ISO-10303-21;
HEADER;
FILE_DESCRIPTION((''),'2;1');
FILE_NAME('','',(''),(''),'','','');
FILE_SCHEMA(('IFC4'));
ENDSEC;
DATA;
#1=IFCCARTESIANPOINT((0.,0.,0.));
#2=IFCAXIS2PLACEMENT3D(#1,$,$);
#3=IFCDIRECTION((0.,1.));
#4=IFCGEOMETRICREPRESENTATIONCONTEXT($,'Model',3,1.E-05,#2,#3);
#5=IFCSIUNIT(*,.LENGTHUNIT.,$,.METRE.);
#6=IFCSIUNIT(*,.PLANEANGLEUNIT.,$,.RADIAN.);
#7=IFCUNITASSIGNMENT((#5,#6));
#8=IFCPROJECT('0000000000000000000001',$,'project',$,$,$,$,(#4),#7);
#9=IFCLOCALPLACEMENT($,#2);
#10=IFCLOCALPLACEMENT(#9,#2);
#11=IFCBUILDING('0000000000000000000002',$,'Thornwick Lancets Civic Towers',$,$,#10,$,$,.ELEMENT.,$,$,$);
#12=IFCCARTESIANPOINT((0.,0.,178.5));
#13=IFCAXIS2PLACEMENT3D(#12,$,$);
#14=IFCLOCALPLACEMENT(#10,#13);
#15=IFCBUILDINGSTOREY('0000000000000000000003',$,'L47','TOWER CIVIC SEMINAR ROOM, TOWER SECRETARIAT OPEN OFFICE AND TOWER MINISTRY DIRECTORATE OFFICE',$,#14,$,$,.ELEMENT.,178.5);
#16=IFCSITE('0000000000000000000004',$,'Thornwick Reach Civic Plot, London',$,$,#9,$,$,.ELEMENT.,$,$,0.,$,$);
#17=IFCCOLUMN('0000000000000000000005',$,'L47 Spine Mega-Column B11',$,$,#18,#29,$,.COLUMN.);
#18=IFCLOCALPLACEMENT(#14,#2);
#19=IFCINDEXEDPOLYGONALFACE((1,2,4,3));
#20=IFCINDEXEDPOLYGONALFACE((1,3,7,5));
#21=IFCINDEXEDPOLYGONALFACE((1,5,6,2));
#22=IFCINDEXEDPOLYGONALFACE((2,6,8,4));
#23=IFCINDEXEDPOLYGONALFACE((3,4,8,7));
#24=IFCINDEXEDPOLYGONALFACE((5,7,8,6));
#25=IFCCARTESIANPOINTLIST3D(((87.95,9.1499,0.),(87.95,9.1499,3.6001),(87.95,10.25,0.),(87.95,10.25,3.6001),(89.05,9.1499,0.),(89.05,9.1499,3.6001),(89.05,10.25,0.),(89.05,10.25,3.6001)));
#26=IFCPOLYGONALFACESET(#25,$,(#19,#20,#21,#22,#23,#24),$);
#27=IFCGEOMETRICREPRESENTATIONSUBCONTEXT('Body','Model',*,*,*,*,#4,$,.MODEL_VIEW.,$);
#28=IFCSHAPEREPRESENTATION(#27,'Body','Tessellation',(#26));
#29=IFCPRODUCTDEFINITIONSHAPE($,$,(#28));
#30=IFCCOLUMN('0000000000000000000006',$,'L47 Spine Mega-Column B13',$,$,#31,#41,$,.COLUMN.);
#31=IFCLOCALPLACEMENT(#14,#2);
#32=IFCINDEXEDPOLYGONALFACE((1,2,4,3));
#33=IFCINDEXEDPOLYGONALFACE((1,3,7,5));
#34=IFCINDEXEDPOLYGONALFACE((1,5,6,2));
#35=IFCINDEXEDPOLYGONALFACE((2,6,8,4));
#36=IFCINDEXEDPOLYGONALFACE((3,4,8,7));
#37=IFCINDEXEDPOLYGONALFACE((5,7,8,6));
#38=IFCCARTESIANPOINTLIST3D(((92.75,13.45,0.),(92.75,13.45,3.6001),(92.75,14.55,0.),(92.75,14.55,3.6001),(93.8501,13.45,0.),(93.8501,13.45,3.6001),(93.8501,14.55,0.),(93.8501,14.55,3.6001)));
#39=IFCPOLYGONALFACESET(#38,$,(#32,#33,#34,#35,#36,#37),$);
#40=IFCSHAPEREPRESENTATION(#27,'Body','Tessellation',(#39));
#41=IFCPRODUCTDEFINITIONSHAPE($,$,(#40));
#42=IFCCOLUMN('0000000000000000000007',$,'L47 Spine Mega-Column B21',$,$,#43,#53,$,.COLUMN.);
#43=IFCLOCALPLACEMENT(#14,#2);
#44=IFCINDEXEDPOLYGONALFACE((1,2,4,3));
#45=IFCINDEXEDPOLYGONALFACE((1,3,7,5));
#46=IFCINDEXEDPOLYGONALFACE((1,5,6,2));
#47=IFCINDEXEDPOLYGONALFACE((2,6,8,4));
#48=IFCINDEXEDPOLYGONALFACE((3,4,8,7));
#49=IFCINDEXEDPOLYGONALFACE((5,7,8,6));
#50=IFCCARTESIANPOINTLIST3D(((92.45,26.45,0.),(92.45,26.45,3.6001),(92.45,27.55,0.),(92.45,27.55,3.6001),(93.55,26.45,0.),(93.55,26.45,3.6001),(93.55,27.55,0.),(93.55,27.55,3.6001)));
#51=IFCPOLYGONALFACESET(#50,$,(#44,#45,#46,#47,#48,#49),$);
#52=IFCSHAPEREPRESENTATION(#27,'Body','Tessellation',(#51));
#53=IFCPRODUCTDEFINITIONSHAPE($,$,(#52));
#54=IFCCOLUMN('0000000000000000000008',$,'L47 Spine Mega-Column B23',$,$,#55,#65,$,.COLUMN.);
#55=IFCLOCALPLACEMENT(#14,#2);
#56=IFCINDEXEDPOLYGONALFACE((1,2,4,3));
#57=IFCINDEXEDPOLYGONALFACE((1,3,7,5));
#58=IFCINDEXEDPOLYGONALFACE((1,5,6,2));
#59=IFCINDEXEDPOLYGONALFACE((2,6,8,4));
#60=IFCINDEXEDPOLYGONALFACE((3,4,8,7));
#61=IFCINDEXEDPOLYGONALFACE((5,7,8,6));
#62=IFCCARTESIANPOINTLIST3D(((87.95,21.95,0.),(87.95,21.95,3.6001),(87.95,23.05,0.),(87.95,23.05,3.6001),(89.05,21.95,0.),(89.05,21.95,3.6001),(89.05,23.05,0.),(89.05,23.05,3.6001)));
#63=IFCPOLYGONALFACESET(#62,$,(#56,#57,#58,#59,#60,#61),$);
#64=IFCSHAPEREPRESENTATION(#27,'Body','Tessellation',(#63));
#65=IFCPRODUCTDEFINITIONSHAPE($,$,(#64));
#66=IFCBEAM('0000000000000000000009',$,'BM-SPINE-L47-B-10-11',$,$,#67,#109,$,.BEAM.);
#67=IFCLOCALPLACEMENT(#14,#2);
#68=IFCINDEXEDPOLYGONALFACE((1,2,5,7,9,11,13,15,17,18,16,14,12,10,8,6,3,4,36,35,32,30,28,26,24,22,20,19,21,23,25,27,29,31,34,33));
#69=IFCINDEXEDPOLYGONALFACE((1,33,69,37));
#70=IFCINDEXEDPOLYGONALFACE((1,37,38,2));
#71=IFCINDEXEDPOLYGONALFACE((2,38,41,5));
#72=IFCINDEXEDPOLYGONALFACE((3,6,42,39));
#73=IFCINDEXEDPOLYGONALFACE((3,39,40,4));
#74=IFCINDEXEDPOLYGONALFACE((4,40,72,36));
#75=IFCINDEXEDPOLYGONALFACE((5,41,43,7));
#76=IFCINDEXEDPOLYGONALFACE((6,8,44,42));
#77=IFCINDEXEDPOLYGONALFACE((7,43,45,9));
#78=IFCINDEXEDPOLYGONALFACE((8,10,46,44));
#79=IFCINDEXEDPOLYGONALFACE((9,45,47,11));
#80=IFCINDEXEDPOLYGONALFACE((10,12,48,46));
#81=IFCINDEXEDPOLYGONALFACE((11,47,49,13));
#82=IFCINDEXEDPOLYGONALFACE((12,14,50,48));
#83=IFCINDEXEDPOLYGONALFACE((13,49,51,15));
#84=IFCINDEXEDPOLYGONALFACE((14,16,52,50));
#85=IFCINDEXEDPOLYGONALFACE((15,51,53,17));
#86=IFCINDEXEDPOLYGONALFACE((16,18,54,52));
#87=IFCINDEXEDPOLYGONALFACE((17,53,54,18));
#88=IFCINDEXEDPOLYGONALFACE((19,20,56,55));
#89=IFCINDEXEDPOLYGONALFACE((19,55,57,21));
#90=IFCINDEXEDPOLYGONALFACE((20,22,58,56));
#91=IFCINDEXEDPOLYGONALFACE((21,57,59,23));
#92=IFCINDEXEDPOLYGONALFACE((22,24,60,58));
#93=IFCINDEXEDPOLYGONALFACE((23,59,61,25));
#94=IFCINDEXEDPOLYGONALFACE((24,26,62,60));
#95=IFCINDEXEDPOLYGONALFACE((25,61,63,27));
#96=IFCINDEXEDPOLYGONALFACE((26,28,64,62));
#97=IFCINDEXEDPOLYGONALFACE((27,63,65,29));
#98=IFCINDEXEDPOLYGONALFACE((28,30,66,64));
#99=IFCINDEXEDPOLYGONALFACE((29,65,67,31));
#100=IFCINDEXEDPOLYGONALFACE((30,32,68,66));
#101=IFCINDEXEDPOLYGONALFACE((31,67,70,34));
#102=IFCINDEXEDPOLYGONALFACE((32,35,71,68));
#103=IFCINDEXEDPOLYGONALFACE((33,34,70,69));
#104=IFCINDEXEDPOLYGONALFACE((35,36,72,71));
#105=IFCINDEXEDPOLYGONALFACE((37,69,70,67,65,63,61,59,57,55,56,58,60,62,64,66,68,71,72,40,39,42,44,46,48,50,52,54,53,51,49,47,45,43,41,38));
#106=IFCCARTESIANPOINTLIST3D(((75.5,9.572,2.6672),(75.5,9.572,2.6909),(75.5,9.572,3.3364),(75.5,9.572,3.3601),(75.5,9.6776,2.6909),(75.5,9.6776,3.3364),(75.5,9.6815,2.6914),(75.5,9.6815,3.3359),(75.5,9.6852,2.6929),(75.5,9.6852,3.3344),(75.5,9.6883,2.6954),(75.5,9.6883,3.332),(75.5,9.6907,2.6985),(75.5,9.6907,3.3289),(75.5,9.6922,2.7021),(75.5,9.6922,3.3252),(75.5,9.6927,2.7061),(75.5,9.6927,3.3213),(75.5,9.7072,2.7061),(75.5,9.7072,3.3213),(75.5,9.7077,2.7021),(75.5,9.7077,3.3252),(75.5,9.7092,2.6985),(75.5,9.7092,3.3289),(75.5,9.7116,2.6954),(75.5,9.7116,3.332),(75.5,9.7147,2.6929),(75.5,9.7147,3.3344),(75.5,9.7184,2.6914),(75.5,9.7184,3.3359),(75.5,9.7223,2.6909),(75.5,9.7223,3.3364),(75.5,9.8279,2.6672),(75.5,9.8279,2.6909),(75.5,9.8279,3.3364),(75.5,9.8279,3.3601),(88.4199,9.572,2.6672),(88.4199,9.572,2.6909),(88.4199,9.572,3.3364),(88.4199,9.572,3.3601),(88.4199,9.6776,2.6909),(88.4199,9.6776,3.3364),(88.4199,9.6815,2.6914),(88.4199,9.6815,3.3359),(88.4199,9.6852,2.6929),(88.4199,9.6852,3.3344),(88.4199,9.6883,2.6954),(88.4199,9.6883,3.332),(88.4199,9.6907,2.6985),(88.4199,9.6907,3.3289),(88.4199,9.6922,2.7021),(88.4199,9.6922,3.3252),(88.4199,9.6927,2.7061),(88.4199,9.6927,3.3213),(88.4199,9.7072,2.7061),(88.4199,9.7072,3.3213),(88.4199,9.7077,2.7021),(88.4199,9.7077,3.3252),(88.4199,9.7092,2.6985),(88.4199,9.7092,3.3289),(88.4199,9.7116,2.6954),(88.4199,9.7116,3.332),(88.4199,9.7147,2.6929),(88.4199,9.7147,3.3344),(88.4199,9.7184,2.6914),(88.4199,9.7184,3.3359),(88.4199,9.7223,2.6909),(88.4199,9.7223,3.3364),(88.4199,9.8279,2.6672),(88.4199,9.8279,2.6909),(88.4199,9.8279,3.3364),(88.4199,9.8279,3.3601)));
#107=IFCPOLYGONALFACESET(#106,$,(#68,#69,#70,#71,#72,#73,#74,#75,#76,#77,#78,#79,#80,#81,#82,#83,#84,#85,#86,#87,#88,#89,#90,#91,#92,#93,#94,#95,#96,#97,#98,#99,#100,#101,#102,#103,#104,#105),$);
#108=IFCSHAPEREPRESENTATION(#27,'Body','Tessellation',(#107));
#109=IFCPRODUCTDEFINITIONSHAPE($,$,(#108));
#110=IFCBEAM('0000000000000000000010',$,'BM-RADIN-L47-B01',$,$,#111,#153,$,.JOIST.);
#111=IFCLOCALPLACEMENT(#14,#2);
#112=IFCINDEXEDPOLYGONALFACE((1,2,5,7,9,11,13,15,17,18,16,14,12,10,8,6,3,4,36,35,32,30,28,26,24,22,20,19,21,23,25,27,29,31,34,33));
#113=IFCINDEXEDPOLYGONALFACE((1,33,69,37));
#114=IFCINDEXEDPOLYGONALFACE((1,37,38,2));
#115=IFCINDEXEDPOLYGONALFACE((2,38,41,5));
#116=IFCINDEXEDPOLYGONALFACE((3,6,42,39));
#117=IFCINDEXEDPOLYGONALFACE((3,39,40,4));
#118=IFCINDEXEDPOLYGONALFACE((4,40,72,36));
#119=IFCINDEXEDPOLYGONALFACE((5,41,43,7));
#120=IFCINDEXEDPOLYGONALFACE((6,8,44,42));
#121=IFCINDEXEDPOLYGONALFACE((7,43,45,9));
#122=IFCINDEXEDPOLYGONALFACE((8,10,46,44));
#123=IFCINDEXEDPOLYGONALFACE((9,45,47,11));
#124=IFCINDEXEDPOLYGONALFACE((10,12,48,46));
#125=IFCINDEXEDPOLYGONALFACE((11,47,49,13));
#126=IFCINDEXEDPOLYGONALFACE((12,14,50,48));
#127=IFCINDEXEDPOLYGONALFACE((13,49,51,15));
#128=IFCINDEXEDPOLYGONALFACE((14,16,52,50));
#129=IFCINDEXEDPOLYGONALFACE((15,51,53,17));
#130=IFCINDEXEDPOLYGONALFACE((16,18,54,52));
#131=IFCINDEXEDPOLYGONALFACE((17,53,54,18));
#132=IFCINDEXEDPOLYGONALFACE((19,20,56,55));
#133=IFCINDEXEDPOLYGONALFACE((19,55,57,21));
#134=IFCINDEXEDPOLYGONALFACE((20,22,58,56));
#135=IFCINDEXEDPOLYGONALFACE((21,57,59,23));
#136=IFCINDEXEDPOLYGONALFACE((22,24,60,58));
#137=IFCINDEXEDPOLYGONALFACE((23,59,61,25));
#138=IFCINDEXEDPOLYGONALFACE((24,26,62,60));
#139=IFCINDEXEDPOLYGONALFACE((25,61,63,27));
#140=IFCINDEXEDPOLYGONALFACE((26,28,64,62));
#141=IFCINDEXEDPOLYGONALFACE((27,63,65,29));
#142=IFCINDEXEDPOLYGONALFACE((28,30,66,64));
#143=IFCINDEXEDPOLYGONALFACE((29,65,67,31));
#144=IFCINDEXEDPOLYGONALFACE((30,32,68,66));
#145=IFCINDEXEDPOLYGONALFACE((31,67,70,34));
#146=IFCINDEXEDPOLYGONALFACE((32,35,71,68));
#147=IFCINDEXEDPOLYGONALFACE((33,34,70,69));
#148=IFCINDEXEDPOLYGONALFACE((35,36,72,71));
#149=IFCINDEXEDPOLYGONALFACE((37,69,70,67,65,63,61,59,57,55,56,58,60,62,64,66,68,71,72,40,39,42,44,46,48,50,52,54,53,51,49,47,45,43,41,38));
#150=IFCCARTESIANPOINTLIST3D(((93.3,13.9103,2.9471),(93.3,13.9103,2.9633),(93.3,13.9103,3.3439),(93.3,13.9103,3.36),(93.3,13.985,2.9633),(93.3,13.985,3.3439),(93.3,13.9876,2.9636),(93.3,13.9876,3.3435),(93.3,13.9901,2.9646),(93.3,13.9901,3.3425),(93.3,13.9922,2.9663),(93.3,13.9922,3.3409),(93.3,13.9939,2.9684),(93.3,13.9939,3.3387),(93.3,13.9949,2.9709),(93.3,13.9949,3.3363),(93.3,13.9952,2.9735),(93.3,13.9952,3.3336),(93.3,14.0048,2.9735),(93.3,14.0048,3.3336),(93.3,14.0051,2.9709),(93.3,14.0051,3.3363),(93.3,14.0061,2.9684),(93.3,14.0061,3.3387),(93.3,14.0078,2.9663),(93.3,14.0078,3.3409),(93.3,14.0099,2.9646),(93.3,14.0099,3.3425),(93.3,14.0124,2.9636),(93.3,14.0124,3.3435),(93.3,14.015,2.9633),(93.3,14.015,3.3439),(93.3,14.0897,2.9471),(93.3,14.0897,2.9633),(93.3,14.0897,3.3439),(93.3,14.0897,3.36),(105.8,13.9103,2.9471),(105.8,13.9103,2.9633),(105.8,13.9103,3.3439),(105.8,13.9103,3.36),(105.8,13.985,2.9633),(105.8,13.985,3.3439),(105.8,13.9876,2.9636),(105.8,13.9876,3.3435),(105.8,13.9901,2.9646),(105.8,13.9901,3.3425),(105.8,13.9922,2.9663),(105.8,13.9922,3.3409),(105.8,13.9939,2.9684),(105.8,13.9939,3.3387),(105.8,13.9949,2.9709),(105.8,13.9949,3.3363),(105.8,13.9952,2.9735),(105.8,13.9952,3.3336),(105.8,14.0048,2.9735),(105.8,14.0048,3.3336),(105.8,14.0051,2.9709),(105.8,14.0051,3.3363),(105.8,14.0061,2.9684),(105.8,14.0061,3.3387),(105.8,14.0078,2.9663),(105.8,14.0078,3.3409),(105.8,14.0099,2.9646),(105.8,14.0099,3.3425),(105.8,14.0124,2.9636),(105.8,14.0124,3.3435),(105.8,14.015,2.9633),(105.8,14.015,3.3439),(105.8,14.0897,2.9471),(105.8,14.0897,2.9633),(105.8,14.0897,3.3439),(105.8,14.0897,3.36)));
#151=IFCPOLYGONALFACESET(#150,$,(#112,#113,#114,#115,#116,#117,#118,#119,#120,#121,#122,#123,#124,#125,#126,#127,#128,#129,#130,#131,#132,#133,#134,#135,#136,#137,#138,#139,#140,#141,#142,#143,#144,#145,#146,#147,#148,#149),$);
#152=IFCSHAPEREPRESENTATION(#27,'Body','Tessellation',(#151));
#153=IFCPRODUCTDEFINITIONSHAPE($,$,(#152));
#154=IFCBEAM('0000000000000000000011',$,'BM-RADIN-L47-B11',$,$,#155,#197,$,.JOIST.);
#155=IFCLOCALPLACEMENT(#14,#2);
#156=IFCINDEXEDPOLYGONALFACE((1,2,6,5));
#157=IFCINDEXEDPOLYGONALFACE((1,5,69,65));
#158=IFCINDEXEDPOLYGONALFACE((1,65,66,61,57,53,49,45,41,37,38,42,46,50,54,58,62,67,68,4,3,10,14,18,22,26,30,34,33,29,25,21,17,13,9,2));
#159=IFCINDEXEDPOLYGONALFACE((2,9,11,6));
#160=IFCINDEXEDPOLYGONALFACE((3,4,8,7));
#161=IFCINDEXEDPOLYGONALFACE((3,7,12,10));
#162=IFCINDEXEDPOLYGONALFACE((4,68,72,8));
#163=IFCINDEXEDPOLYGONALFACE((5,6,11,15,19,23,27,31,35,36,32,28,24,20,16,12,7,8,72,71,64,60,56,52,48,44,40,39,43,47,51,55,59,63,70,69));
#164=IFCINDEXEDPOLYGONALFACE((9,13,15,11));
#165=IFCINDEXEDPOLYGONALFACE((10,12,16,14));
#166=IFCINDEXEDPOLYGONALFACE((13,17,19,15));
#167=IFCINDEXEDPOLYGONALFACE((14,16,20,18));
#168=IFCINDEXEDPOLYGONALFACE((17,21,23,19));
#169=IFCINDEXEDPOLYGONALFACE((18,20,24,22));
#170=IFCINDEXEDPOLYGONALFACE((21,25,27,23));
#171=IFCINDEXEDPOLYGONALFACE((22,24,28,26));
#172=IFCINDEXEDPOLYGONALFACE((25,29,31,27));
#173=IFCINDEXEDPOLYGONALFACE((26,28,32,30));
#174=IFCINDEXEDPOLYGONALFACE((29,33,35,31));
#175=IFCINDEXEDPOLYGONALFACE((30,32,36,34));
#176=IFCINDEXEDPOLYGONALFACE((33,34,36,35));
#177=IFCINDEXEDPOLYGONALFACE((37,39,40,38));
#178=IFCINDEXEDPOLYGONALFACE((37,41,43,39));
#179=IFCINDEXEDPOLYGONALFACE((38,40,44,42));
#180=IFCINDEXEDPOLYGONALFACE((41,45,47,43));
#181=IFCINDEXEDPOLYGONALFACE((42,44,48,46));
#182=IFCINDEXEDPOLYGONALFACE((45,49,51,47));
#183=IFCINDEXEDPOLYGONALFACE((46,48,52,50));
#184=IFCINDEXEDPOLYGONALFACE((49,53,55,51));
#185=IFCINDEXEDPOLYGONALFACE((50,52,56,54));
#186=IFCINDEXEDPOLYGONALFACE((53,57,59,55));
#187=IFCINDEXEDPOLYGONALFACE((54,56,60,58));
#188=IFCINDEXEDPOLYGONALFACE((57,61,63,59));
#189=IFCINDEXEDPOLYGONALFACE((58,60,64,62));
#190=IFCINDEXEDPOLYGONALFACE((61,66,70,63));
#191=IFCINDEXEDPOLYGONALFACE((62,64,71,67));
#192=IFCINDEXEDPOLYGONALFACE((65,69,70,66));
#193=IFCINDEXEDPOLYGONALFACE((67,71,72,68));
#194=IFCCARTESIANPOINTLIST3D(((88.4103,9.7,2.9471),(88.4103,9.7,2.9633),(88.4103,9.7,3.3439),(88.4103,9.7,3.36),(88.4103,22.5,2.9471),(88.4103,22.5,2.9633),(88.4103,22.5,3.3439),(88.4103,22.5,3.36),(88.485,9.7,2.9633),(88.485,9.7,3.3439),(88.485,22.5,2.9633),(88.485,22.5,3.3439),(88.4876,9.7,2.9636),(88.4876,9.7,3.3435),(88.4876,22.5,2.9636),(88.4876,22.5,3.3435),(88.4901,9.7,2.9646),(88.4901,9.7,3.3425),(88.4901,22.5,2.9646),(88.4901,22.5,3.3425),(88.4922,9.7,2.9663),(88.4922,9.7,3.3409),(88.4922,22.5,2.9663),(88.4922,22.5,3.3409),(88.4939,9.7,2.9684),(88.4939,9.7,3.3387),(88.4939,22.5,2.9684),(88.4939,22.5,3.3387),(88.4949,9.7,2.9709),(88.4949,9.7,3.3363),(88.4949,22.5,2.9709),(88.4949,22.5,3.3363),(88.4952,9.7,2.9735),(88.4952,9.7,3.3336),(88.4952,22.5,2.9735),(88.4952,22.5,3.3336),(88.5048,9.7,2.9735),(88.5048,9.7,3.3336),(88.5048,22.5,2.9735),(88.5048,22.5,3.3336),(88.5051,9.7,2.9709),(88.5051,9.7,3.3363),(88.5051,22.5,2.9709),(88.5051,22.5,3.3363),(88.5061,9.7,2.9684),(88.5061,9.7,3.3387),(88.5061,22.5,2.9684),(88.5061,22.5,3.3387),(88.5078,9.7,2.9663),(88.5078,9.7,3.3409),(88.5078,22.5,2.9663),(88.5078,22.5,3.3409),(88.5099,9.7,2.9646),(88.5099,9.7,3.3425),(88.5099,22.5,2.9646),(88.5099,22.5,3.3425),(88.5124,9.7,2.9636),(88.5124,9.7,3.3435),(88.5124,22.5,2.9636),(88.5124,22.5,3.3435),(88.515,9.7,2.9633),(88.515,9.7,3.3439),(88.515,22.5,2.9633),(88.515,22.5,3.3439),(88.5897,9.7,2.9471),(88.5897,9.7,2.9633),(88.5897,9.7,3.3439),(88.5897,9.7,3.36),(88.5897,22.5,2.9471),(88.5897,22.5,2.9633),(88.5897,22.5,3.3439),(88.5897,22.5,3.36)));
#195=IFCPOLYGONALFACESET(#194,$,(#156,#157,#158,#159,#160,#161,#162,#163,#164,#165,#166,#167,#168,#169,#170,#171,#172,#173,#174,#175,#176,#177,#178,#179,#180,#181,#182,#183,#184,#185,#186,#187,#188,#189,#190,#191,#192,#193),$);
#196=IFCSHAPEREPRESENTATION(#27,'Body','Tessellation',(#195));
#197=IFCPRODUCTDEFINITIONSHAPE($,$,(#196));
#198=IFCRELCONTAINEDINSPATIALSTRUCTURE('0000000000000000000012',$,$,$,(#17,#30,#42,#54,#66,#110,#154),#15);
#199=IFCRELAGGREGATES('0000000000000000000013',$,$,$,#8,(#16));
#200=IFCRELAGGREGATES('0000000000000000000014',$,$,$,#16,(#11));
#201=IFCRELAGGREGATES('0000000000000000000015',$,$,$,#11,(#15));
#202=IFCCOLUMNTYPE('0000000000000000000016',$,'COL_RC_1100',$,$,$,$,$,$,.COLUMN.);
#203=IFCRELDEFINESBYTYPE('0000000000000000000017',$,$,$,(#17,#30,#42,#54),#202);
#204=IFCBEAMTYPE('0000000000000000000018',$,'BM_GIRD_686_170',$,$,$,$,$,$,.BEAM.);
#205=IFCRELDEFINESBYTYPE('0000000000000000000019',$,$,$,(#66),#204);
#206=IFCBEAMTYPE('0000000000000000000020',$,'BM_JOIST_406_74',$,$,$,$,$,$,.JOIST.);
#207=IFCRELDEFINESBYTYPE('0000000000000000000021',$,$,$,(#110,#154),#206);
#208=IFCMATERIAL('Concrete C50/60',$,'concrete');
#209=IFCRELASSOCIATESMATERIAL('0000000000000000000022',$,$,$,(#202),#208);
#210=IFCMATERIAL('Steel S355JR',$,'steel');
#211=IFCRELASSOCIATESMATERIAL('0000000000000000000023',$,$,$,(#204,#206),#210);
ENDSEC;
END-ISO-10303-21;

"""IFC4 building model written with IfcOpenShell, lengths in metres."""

from ifc_helpers import new_model, si_unit, direction, frame, origin, origin_2d, place, context, subcontext, project, spatial, rectangle, i_section, extrude, material, material_profile, profile_set, type_object, element, save


model = new_model("IFC4")

# Units and contexts
model_context = context("Model", 3, precision=1e-05, world=origin(), true_north=direction((0.0, 1.0)))
body_context = subcontext(model_context, "Body", "Model", "MODEL_VIEW")
ifc_project = project(units=[si_unit("LENGTHUNIT", "METRE"), si_unit("PLANEANGLEUNIT", "RADIAN")], contexts=[model_context])

# Site, building, storey
site_placement = place(None, origin())
site = spatial("IfcSite", under=ifc_project, at=site_placement, Name="Thornwick Reach Civic Plot, London", CompositionType="ELEMENT", RefElevation=0.0)
building_placement = place(site_placement, origin())
building = spatial("IfcBuilding", under=site, at=building_placement, Name="Thornwick Lancets Civic Towers", CompositionType="ELEMENT")
storey_placement = place(building_placement, frame((0.0, 0.0, 178.5)))
storey = spatial("IfcBuildingStorey", under=building, at=storey_placement, Name="L47", Description="TOWER CIVIC SEMINAR ROOM, TOWER SECRETARIAT OPEN OFFICE AND TOWER MINISTRY DIRECTORATE OFFICE", CompositionType="ELEMENT", Elevation=178.5)

# Columns
ifc_material_1 = material(Name="Concrete C50/60", Category="concrete")
ifc_material_profile_1 = material_profile(ifc_material_1, rectangle(XDim=1.1001, YDim=1.1001, at=origin_2d()), Name="RC 1100x1100")
ifc_profile_set_1 = profile_set([ifc_material_profile_1], Name="Concrete C50/60")
column_type = type_object("IfcColumnType", Name="COL_RC_1100", PredefinedType="COLUMN", material=ifc_profile_set_1)
for number, where, z_axis, x_axis, name in (
    (1, (88.5, 9.7, 0.0), (0.0, 0.0, 1.0), (1.0, 0.0, 0.0), "L47 Spine Mega-Column B11"),
    (2, (93.3, 14.0, 0.0), (0.0, 0.0, 1.0), (1.0, 0.0, 0.0), "L47 Spine Mega-Column B13"),
    (3, (93.0, 27.0, 0.0), (0.0, 0.0, 1.0), (1.0, 0.0, 0.0), "L47 Spine Mega-Column B21"),
    (4, (88.5, 22.5, 0.0), (0.0, 0.0, 1.0), (1.0, 0.0, 0.0), "L47 Spine Mega-Column B23"),
):
    element("IfcColumn", number, at=place(storey_placement, frame(where, z_axis=z_axis, x_axis=x_axis)), inside=storey, type_object=column_type, Name=name, PredefinedType="COLUMN", context=body_context, shape_type="SweptSolid", body=[
        extrude(rectangle(XDim=1.1001, YDim=1.1001, at=origin_2d()), origin(), (0.0, 0.0, 1.0), 3.6001),
    ])

# Beams
ifc_material_2 = material(Name="Steel S355JR", Category="steel")
ifc_material_profile_2 = material_profile(ifc_material_2, i_section(OverallWidth=0.2559, OverallDepth=0.6929, WebThickness=0.0144, FlangeThickness=0.0237, FilletRadius=0.0151, at=origin_2d()), Name="UKB 686x254x170")
ifc_profile_set_2 = profile_set([ifc_material_profile_2], Name="Steel S355JR")
beam_type_1 = type_object("IfcBeamType", Name="BM_GIRD_686_170", PredefinedType="BEAM", material=ifc_profile_set_2)
beam_1_placement = place(storey_placement, frame((88.4199, 9.7, 3.0137), z_axis=(-1.0, 0.0, 0.0), x_axis=(0.0, -1.0, 0.0)))
element("IfcBeam", 5, at=beam_1_placement, inside=storey, type_object=beam_type_1, Name="BM-SPINE-L47-B-10-11", PredefinedType="BEAM", context=body_context, shape_type="SweptSolid", body=[
    extrude(i_section(OverallWidth=0.2559, OverallDepth=0.6929, WebThickness=0.0144, FlangeThickness=0.0237, FilletRadius=0.0151, at=origin_2d()), origin(), (0.0, 0.0, 1.0), 12.9199),
])
ifc_material_profile_3 = material_profile(ifc_material_2, i_section(OverallWidth=0.1794, OverallDepth=0.4128, WebThickness=0.0095, FlangeThickness=0.0161, FilletRadius=0.0103, at=origin_2d()), Name="UKB 406x178x74")
ifc_profile_set_3 = profile_set([ifc_material_profile_3], Name="Steel S355JR")
beam_type_2 = type_object("IfcBeamType", Name="BM_JOIST_406_74", PredefinedType="JOIST", material=ifc_profile_set_3)
beam_2_placement = place(storey_placement, frame((93.3, 14.0, 3.1536), z_axis=(1.0, 0.0, 0.0), x_axis=(0.0, 1.0, 0.0)))
element("IfcBeam", 6, at=beam_2_placement, inside=storey, type_object=beam_type_2, Name="BM-RADIN-L47-B01", PredefinedType="JOIST", context=body_context, shape_type="SweptSolid", body=[
    extrude(i_section(OverallWidth=0.1794, OverallDepth=0.4128, WebThickness=0.0095, FlangeThickness=0.0161, FilletRadius=0.0103, at=origin_2d()), origin(), (0.0, 0.0, 1.0), 12.5),
])
beam_3_placement = place(storey_placement, frame((88.5, 22.5, 3.1536), z_axis=(0.0, -1.0, 0.0), x_axis=(1.0, 0.0, 0.0)))
element("IfcBeam", 7, at=beam_3_placement, inside=storey, type_object=beam_type_2, Name="BM-RADIN-L47-B11", PredefinedType="JOIST", context=body_context, shape_type="SweptSolid", body=[
    extrude(i_section(OverallWidth=0.1794, OverallDepth=0.4128, WebThickness=0.0095, FlangeThickness=0.0161, FilletRadius=0.0103, at=origin_2d()), origin(), (0.0, 0.0, 1.0), 12.8),
])

save(model, "model.ifc")
